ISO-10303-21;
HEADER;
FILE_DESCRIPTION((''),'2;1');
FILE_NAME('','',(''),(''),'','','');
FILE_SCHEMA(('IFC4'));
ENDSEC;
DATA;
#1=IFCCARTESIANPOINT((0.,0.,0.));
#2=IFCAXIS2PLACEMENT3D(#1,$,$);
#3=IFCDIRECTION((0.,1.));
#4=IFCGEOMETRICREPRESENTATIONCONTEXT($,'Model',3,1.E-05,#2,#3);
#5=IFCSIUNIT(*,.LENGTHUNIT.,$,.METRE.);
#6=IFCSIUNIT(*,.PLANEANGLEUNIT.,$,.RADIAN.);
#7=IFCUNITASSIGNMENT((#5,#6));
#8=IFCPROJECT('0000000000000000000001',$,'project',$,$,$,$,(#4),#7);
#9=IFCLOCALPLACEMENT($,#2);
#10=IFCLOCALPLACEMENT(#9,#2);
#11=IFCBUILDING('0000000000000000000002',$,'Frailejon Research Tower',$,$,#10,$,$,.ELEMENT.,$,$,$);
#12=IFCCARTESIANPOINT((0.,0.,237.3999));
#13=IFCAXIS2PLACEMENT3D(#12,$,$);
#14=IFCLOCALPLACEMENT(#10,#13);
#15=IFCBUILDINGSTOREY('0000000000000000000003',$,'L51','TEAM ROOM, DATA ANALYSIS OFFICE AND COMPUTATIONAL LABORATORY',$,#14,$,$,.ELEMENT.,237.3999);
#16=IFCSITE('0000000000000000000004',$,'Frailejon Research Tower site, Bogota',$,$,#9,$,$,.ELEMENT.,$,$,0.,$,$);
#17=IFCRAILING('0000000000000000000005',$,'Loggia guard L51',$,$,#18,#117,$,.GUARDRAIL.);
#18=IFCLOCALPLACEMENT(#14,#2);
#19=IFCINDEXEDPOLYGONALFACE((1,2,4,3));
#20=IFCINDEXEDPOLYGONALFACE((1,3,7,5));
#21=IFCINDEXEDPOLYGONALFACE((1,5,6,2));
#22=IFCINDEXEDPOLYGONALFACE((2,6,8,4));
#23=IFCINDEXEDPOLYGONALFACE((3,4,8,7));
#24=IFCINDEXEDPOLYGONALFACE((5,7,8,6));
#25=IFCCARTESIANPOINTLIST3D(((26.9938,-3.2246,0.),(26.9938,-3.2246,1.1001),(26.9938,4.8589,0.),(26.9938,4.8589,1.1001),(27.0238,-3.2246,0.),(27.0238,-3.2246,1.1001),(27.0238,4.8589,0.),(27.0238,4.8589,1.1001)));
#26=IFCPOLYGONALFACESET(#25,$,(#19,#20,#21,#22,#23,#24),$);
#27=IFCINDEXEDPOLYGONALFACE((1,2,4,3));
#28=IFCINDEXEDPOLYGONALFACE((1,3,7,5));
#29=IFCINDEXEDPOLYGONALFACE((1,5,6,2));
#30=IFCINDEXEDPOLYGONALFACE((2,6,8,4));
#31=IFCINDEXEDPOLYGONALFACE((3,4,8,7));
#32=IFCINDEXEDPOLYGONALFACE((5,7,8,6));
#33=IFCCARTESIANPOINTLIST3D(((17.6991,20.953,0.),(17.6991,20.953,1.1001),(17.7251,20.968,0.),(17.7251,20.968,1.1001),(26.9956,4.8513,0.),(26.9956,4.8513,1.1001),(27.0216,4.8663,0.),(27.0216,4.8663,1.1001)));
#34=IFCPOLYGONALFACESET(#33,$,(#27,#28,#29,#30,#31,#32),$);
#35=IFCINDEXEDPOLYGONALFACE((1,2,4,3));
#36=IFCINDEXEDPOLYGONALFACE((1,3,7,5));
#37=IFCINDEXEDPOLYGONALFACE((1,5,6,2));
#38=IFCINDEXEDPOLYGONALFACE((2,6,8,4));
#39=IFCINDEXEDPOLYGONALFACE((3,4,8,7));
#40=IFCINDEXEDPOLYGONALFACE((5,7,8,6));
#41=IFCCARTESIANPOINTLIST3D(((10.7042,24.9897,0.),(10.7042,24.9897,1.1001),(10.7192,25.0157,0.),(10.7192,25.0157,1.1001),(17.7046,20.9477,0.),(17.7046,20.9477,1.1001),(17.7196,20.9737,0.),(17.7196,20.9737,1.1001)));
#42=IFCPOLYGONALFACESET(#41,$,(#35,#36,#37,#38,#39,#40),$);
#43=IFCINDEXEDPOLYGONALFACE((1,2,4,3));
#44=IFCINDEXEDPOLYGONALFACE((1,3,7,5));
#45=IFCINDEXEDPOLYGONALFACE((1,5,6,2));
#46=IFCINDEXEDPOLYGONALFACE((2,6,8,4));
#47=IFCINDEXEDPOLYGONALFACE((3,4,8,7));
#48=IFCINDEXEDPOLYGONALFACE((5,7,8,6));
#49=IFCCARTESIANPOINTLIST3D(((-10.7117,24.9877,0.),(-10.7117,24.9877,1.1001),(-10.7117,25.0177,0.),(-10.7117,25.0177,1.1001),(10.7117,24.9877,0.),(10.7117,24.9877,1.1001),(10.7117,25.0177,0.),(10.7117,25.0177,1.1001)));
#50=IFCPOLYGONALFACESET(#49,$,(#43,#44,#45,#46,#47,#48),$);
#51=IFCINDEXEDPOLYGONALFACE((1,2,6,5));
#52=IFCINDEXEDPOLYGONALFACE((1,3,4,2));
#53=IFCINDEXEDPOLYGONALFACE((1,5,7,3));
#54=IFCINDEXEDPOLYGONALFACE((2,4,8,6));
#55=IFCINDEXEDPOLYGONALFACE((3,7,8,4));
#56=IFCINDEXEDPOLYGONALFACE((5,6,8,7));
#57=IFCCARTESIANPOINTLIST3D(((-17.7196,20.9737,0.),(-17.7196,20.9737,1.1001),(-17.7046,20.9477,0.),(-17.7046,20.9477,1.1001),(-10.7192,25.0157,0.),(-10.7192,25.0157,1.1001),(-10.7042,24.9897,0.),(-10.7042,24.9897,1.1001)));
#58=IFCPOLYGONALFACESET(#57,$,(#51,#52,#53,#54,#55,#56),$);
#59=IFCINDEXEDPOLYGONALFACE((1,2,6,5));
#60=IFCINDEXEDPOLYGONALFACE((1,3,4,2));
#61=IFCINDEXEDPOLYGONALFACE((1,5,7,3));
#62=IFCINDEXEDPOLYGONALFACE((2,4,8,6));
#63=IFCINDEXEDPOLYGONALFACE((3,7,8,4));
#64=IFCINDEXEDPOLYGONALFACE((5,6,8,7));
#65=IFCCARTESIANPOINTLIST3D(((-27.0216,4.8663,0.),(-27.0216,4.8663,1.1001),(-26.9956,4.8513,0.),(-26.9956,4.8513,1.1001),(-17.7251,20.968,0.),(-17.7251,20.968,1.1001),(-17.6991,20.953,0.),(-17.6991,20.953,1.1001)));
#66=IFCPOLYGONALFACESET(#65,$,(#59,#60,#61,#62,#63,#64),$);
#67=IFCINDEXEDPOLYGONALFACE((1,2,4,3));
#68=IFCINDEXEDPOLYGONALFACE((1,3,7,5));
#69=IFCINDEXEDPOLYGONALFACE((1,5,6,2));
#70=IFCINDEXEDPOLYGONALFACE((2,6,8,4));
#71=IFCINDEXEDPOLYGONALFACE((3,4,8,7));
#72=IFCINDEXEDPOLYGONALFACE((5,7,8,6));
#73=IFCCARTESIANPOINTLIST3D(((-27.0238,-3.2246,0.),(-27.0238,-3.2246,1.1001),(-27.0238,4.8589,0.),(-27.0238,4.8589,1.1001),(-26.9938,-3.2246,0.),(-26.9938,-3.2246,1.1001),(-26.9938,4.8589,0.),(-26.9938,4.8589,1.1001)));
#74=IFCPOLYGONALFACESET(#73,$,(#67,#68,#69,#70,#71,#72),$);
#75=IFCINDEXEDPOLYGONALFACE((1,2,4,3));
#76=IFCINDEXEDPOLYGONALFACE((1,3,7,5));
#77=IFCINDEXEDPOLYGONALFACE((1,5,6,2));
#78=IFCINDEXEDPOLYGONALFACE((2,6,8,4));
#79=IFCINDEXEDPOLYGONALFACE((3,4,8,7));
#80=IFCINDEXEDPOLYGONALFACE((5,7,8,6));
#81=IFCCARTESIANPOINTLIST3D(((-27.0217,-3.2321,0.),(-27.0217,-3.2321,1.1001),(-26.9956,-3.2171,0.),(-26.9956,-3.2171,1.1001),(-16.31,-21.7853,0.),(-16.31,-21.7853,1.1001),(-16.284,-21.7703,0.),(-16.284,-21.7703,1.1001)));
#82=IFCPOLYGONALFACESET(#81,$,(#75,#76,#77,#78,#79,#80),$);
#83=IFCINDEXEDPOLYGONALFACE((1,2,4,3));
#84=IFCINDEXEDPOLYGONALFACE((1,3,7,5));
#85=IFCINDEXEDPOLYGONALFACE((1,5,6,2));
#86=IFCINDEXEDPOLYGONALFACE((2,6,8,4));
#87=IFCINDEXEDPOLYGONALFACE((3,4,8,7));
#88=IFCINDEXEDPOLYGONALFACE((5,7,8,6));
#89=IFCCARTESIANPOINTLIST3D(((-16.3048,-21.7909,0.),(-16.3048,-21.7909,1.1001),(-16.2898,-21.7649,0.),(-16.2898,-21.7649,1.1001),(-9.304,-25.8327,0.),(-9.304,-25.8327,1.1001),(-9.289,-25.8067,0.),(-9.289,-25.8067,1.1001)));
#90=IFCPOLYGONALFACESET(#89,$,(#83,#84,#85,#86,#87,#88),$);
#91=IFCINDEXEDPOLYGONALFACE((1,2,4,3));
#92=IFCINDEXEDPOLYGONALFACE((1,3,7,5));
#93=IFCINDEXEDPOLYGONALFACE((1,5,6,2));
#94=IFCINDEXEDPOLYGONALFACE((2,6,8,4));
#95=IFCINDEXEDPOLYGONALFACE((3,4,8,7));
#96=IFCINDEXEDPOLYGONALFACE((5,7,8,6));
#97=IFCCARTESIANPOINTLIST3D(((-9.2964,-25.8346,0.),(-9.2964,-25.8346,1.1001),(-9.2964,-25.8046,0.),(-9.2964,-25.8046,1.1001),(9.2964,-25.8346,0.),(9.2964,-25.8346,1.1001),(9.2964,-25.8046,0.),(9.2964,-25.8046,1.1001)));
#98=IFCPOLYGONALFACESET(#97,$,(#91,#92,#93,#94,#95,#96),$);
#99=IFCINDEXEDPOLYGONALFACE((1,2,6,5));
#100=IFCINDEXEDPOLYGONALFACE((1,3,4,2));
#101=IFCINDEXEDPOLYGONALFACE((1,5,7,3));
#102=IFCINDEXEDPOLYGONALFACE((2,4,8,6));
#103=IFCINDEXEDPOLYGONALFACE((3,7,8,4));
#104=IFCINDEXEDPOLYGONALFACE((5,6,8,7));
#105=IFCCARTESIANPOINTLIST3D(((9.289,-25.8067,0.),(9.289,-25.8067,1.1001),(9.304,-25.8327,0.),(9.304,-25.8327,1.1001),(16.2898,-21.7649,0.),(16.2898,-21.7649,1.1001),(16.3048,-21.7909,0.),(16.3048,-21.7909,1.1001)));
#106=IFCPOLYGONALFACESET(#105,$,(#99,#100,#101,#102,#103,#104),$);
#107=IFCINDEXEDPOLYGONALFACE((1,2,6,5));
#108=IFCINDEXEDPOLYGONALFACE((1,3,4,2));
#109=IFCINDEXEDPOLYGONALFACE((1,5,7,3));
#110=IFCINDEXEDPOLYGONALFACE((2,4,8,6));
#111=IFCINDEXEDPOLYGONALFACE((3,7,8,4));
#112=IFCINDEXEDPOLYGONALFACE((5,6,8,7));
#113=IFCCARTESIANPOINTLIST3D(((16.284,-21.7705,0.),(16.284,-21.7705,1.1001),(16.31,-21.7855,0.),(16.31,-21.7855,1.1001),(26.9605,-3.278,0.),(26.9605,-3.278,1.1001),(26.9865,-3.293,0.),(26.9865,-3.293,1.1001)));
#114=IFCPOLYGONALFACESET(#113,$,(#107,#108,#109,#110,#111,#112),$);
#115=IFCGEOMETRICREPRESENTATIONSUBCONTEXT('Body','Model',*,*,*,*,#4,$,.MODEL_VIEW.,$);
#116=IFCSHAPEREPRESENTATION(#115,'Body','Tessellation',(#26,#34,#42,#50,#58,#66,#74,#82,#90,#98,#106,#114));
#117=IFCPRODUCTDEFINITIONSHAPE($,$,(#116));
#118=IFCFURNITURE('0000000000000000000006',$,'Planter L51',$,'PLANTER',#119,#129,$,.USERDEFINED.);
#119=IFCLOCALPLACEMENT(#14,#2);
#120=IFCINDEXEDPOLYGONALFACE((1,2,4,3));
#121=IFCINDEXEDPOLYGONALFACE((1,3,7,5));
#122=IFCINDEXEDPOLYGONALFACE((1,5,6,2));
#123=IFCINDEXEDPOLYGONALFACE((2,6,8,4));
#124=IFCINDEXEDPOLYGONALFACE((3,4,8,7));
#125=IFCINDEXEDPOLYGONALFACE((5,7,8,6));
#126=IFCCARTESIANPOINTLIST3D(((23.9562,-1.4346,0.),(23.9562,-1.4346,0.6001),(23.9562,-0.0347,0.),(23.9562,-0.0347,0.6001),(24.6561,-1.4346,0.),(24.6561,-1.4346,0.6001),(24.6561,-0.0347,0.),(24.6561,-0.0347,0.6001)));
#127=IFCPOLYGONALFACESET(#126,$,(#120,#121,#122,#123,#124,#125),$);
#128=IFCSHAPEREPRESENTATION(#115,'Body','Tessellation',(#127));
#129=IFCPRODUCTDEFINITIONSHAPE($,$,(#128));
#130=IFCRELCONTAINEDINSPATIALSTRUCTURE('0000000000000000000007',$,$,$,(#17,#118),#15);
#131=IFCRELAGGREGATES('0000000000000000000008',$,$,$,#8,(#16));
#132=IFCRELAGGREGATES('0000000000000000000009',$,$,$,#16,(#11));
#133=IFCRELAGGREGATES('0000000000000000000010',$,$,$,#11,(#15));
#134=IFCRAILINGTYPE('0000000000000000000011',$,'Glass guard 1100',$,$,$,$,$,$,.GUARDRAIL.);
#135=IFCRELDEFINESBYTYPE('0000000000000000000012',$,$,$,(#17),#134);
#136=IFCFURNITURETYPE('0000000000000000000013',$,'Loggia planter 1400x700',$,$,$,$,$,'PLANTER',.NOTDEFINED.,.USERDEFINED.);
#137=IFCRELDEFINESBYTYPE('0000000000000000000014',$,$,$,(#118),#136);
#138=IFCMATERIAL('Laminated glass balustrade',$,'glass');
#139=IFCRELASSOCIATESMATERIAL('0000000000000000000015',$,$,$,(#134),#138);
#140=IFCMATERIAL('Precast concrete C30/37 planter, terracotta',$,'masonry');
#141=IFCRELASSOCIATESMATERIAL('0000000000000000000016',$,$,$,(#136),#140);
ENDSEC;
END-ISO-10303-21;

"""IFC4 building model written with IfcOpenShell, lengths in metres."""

from ifc_helpers import new_model, si_unit, direction, frame, origin, origin_2d, place, context, subcontext, project, spatial, rectangle, extrude, material, type_object, element, save


model = new_model("IFC4")

# Units and contexts
model_context = context("Model", 3, precision=1e-05, world=origin(), true_north=direction((0.0, 1.0)))
body_context = subcontext(model_context, "Body", "Model", "MODEL_VIEW")
ifc_project = project(units=[si_unit("LENGTHUNIT", "METRE"), si_unit("PLANEANGLEUNIT", "RADIAN")], contexts=[model_context])

# Site, building, storey
site_placement = place(None, origin())
site = spatial("IfcSite", under=ifc_project, at=site_placement, Name="Frailejon Research Tower site, Bogota", CompositionType="ELEMENT", RefElevation=0.0)
building_placement = place(site_placement, origin())
building = spatial("IfcBuilding", under=site, at=building_placement, Name="Frailejon Research Tower", CompositionType="ELEMENT")
storey_placement = place(building_placement, frame((0.0, 0.0, 237.3999)))
storey = spatial("IfcBuildingStorey", under=building, at=storey_placement, Name="L51", Description="TEAM ROOM, DATA ANALYSIS OFFICE AND COMPUTATIONAL LABORATORY", CompositionType="ELEMENT", Elevation=237.3999)

# Railing
ifc_material_1 = material(Name="Laminated glass balustrade", Category="glass")
railing_type = type_object("IfcRailingType", Name="Glass guard 1100", PredefinedType="GUARDRAIL", material=ifc_material_1)
railing_placement = place(storey_placement, frame((27.0088, -3.2246, 0.0)))
element("IfcRailing", 1, at=railing_placement, inside=storey, type_object=railing_type, Name="Loggia guard L51", PredefinedType="GUARDRAIL", context=body_context, shape_type="SweptSolid", body=[
    extrude(rectangle(XDim=8.0835, YDim=0.03, at=origin_2d()), frame((0.0, 4.0417, 0.0), z_axis=(0.0, 0.0, 1.0), x_axis=(0.0, 1.0, 0.0)), (0.0, 0.0, 1.0), 1.1001),
    extrude(rectangle(XDim=18.5928, YDim=0.03, at=origin_2d()), frame((-4.6484, 16.1343, 0.0), z_axis=(0.0, 0.0, 1.0), x_axis=(-0.50001, 0.86602, 0.0)), (0.0, 0.0, 1.0), 1.1001),
    extrude(rectangle(XDim=8.0835, YDim=0.03, at=origin_2d()), frame((-12.7969, 26.2063, 0.0), z_axis=(0.0, 0.0, 1.0), x_axis=(-0.866012, 0.500024, 0.0)), (0.0, 0.0, 1.0), 1.1001),
    extrude(rectangle(XDim=21.4233, YDim=0.03, at=origin_2d()), frame((-27.0088, 28.2273, 0.0), z_axis=(0.0, 0.0, 1.0), x_axis=(-1.0, 0.0, 0.0)), (0.0, 0.0, 1.0), 1.1001),
    extrude(rectangle(XDim=8.0835, YDim=0.03, at=origin_2d()), frame((-41.2207, 26.2063, 0.0), z_axis=(0.0, 0.0, 1.0), x_axis=(-0.866012, -0.500024, 0.0)), (0.0, 0.0, 1.0), 1.1001),
    extrude(rectangle(XDim=18.5928, YDim=0.03, at=origin_2d()), frame((-49.3691, 16.1343, 0.0), z_axis=(0.0, 0.0, 1.0), x_axis=(-0.50001, -0.86602, 0.0)), (0.0, 0.0, 1.0), 1.1001),
    extrude(rectangle(XDim=8.0835, YDim=0.03, at=origin_2d()), frame((-54.0176, 4.0417, 0.0), z_axis=(0.0, 0.0, 1.0), x_axis=(0.0, -1.0, 0.0)), (0.0, 0.0, 1.0), 1.1001),
    extrude(rectangle(XDim=21.4233, YDim=0.03, at=origin_2d()), frame((-48.6616, -9.2766, 0.0), z_axis=(0.0, 0.0, 1.0), x_axis=(0.499999, -0.866026, 0.0)), (0.0, 0.0, 1.0), 1.1001),
    extrude(rectangle(XDim=8.0837, YDim=0.03, at=origin_2d()), frame((-39.8057, -20.5742, 0.0), z_axis=(0.0, 0.0, 1.0), x_axis=(0.866032, -0.499988, 0.0)), (0.0, 0.0, 1.0), 1.1001),
    extrude(rectangle(XDim=18.5928, YDim=0.03, at=origin_2d()), frame((-27.0088, -22.595, 0.0), z_axis=(0.0, 0.0, 1.0), x_axis=(1.0, 0.0, 0.0)), (0.0, 0.0, 1.0), 1.1001),
    extrude(rectangle(XDim=8.0837, YDim=0.03, at=origin_2d()), frame((-14.2119, -20.5742, 0.0), z_axis=(0.0, 0.0, 1.0), x_axis=(0.866032, 0.499988, 0.0)), (0.0, 0.0, 1.0), 1.1001),
    extrude(rectangle(XDim=21.3533, YDim=0.03, at=origin_2d()), frame((-5.3735, -9.3071, 0.0), z_axis=(0.0, 0.0, 1.0), x_axis=(0.499997, 0.866027, 0.0)), (0.0, 0.0, 1.0), 1.1001),
])

# Furniture
ifc_material_2 = material(Name="Precast concrete C30/37 planter, terracotta", Category="masonry")
furniture_type = type_object("IfcFurnitureType", Name="Loggia planter 1400x700", ElementType="PLANTER", AssemblyPlace="NOTDEFINED", PredefinedType="USERDEFINED", material=ifc_material_2)
furniture_placement = place(storey_placement, frame((24.3062, -0.7346, 0.0), z_axis=(0.0, 0.0, 1.0), x_axis=(0.0, 1.0, 0.0)))
element("IfcFurniture", 2, at=furniture_placement, inside=storey, type_object=furniture_type, Name="Planter L51", ObjectType="PLANTER", PredefinedType="USERDEFINED", context=body_context, shape_type="SweptSolid", body=[
    extrude(rectangle(XDim=1.3999, YDim=0.7, at=origin_2d()), origin(), (0.0, 0.0, 1.0), 0.6001),
])

save(model, "model.ifc")
